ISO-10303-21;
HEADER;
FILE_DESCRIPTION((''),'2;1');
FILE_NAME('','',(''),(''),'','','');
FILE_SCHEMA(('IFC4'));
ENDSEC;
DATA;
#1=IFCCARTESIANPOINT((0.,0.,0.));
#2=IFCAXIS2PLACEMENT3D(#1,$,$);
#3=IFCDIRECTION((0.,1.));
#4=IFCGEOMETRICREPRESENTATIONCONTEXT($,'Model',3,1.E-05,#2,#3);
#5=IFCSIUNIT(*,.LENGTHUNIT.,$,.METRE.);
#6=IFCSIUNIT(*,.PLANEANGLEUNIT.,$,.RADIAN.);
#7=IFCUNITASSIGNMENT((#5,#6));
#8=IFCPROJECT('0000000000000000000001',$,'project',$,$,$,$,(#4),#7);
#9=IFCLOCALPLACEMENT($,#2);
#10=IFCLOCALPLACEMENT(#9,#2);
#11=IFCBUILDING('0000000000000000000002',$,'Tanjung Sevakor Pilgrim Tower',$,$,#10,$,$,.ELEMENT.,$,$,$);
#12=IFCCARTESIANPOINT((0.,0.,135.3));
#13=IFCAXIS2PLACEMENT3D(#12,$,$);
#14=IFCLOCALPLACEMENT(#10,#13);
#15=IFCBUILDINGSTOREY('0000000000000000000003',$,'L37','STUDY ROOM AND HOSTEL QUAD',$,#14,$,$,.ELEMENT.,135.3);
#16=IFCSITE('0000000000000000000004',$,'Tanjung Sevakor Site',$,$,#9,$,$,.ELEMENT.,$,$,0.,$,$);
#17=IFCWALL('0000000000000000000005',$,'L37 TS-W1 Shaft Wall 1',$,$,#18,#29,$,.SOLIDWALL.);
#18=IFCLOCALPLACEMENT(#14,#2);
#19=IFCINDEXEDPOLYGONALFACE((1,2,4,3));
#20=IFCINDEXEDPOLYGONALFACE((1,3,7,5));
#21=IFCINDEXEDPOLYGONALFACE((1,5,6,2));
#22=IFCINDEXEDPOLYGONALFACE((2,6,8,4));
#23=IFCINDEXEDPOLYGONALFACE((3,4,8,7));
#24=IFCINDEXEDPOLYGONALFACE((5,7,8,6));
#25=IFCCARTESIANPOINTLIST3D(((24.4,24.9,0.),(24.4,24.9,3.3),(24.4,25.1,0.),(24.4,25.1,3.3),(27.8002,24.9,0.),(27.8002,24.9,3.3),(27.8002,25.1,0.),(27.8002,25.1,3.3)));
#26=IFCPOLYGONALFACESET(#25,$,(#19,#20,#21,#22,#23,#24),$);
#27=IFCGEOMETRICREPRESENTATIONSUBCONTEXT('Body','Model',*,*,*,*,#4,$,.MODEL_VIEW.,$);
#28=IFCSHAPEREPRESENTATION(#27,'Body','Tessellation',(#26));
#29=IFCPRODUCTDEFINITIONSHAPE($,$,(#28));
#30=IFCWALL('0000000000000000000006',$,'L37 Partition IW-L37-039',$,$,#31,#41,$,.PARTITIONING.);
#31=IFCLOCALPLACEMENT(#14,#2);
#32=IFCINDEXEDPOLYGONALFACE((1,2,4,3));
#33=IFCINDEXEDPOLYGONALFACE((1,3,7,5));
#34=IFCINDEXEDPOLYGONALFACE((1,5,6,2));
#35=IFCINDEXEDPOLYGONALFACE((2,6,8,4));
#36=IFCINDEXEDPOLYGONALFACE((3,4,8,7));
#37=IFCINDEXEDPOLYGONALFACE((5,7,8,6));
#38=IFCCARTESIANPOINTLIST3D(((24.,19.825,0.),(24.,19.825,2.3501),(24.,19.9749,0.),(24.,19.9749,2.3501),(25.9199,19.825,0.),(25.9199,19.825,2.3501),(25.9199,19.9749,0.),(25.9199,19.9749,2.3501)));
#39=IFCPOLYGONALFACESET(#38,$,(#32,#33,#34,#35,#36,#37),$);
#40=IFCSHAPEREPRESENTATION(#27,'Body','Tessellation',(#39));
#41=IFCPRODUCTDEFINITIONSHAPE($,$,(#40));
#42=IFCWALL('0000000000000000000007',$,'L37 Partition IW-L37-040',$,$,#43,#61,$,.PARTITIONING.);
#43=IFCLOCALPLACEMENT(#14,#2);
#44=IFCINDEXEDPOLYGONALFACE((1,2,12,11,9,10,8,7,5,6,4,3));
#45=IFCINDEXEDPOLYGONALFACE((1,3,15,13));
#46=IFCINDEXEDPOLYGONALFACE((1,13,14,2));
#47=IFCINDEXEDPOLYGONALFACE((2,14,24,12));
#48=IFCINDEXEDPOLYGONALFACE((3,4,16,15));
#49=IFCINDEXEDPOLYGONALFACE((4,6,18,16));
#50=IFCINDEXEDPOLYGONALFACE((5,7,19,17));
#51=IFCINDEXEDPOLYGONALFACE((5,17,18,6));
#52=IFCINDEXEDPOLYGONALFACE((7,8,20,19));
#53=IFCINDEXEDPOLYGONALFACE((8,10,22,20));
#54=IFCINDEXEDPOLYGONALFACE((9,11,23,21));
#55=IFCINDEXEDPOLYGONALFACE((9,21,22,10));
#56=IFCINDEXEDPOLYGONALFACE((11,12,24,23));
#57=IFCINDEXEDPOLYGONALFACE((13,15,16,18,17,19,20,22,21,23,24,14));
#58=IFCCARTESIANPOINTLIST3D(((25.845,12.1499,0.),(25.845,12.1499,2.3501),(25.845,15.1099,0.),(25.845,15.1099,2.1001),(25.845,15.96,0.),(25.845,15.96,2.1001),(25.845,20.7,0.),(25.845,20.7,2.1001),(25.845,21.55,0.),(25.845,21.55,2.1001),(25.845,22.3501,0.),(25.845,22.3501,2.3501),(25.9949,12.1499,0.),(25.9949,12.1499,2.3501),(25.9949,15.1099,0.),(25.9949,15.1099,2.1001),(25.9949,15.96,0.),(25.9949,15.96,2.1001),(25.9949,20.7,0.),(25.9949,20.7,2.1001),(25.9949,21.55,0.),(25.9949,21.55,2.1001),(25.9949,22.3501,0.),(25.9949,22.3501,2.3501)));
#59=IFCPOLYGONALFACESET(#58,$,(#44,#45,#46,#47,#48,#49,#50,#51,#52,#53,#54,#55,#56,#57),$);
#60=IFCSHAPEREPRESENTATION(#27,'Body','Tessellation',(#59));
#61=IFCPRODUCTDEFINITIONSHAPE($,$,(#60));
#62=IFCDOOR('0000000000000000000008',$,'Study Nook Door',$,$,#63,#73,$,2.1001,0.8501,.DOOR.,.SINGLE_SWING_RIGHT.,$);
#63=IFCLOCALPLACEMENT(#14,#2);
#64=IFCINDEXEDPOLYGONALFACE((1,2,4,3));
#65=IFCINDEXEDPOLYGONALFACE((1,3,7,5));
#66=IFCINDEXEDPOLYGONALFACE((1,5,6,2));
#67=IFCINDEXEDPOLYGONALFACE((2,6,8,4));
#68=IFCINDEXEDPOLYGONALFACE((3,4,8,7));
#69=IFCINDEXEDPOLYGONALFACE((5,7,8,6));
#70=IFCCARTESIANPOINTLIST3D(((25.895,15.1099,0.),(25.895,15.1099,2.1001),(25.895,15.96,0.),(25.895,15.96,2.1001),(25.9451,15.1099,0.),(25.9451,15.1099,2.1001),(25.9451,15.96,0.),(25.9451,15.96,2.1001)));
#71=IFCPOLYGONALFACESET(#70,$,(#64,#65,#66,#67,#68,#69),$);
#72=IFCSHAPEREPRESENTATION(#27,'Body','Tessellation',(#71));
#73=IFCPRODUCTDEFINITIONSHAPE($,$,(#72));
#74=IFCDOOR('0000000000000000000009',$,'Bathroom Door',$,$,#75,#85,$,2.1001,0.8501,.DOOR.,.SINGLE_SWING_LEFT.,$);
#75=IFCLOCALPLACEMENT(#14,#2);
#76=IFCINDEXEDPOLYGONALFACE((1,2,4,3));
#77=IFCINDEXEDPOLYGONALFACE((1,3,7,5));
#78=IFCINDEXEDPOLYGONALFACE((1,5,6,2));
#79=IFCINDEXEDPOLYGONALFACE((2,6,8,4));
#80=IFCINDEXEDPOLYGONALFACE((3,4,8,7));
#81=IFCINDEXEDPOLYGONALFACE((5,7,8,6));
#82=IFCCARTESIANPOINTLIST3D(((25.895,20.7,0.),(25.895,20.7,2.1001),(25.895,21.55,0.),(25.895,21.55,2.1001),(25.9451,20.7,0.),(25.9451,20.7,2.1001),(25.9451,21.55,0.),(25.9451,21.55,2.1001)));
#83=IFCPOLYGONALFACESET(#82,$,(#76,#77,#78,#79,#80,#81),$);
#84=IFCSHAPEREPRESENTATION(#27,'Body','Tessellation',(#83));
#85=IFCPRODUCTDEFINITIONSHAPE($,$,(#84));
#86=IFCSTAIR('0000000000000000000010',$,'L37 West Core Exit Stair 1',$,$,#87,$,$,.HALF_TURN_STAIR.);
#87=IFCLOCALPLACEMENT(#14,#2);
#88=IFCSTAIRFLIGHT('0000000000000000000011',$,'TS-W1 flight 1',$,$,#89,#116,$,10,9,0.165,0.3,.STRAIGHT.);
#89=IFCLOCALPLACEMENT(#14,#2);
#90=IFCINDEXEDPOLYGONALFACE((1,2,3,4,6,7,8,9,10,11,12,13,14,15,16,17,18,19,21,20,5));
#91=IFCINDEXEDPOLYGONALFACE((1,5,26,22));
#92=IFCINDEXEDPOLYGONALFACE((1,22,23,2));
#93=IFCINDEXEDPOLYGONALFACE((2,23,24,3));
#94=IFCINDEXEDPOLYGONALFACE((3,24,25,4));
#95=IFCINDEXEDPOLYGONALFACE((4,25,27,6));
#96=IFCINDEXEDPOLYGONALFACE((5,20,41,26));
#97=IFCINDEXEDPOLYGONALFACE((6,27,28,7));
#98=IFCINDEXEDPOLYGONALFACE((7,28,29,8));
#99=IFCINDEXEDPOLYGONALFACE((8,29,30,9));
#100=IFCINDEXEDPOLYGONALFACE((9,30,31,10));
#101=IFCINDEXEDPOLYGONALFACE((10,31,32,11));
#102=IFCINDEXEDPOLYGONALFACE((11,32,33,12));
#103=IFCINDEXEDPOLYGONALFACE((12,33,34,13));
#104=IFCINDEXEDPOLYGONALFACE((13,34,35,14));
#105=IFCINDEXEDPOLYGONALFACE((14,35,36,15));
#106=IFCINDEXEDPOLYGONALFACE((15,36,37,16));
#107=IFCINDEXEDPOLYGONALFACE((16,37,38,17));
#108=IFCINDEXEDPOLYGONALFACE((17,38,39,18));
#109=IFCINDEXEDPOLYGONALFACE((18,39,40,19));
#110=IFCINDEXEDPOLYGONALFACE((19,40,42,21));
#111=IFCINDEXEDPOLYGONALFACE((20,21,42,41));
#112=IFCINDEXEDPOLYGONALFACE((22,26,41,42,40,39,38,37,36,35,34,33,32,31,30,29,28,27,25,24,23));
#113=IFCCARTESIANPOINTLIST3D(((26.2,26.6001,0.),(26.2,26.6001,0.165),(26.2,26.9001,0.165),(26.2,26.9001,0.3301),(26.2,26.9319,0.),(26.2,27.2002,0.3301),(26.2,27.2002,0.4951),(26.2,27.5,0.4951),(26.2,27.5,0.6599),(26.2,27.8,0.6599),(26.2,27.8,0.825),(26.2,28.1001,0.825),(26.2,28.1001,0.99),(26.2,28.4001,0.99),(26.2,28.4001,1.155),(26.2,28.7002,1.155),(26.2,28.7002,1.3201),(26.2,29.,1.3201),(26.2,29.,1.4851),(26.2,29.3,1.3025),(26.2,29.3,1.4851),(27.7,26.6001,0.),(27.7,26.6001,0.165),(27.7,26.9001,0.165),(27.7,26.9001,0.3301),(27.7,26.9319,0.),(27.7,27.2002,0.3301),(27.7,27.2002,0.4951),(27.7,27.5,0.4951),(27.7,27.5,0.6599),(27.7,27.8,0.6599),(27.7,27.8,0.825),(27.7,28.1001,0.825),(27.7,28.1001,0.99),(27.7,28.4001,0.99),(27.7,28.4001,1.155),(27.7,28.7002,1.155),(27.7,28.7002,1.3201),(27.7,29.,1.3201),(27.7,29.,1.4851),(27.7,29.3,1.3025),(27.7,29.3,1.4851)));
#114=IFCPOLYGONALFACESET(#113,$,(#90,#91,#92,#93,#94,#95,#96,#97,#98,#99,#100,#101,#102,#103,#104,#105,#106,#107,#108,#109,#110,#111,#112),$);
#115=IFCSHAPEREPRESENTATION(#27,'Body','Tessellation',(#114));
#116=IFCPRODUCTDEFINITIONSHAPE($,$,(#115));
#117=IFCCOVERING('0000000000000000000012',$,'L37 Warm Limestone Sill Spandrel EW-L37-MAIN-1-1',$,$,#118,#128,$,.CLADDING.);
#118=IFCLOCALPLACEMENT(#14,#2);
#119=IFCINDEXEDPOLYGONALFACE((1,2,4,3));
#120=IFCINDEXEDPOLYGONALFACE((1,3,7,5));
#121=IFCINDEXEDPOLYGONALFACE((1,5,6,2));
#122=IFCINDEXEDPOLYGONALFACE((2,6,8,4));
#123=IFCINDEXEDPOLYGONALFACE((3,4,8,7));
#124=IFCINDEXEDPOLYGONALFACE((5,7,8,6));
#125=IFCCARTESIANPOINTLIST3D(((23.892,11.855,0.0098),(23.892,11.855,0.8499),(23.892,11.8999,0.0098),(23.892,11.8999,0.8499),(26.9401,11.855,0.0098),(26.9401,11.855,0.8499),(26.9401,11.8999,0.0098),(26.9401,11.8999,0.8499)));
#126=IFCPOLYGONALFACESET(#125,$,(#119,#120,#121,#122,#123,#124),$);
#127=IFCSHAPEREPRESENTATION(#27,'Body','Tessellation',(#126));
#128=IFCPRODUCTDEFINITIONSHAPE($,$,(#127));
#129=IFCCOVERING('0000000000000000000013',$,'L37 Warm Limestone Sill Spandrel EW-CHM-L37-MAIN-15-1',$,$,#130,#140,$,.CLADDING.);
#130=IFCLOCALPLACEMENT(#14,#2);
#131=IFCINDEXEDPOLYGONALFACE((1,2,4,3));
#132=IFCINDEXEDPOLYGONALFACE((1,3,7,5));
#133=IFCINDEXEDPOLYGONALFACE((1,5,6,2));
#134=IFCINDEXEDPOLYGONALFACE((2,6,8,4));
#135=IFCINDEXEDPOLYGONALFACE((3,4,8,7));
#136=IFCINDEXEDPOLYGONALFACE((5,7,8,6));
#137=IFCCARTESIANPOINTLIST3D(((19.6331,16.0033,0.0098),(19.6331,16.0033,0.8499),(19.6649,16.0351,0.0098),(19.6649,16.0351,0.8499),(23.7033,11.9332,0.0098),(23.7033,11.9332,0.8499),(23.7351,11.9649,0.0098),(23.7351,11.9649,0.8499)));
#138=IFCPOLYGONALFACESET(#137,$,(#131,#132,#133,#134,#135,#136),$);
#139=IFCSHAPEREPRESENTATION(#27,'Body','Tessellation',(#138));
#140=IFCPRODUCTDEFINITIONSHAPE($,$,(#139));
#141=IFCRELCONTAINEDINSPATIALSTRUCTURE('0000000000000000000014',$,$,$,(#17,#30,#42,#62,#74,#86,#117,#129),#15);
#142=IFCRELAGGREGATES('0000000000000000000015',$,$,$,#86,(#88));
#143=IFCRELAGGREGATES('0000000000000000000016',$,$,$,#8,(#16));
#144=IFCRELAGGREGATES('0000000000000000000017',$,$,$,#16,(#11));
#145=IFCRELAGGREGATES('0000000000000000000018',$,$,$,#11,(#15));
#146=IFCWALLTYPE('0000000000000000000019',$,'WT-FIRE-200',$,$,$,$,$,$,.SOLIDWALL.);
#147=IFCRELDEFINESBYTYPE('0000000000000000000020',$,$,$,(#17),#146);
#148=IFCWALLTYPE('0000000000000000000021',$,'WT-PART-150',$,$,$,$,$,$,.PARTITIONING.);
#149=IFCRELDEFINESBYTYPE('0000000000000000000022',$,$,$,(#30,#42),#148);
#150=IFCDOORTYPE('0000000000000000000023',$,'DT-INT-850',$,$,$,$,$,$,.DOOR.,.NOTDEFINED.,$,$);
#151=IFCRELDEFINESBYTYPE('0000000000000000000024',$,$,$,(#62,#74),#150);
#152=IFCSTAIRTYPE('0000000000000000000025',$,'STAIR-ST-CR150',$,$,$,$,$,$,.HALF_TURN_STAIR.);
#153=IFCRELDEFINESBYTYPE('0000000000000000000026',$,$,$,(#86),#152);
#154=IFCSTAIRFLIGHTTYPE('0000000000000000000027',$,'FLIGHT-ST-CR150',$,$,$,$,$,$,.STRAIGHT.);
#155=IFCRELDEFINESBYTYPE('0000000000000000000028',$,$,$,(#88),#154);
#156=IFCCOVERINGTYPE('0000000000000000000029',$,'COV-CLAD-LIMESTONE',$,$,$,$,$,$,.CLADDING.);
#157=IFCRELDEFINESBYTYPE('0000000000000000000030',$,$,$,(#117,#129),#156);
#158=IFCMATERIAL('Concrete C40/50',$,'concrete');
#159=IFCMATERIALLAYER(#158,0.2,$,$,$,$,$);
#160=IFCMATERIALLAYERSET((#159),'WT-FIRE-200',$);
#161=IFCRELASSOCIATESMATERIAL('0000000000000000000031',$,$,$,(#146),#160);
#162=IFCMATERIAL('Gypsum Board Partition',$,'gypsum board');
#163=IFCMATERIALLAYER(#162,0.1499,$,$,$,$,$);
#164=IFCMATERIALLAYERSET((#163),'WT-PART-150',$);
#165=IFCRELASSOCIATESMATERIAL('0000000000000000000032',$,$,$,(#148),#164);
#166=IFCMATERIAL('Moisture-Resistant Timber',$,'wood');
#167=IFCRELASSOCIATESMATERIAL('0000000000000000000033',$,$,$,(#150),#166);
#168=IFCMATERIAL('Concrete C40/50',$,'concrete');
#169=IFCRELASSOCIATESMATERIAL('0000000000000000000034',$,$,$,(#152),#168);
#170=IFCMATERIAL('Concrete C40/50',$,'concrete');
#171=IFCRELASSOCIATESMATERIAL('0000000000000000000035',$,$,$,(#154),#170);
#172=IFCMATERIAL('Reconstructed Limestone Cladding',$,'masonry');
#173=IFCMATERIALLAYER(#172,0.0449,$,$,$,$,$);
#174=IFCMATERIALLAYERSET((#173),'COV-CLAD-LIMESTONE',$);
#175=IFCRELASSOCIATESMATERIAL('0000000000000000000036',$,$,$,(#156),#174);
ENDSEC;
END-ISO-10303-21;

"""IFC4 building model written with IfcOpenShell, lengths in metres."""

from ifc_helpers import new_model, si_unit, direction, frame, frame_2d, origin, origin_2d, place, context, subcontext, project, spatial, polyline, rectangle, outline, extrude, material, layer, layer_set, type_object, element, fill, aggregate, save


model = new_model("IFC4")

# Units and contexts
model_context = context("Model", 3, precision=1e-05, world=origin(), true_north=direction((0.0, 1.0)))
body_context = subcontext(model_context, "Body", "Model", "MODEL_VIEW")
ifc_project = project(units=[si_unit("LENGTHUNIT", "METRE"), si_unit("PLANEANGLEUNIT", "RADIAN")], contexts=[model_context])

# Site, building, storey
site_placement = place(None, origin())
site = spatial("IfcSite", under=ifc_project, at=site_placement, Name="Tanjung Sevakor Site", CompositionType="ELEMENT", RefElevation=0.0)
building_placement = place(site_placement, origin())
building = spatial("IfcBuilding", under=site, at=building_placement, Name="Tanjung Sevakor Pilgrim Tower", CompositionType="ELEMENT")
storey_placement = place(building_placement, frame((0.0, 0.0, 135.3)))
storey = spatial("IfcBuildingStorey", under=building, at=storey_placement, Name="L37", Description="STUDY ROOM AND HOSTEL QUAD", CompositionType="ELEMENT", Elevation=135.3)

# Walls
ifc_material_1 = material(Name="Concrete C40/50", Category="concrete")
ifc_layer_1 = layer(ifc_material_1, 0.2)
ifc_layer_set_1 = layer_set([ifc_layer_1], Name="WT-FIRE-200")
wall_type_1 = type_object("IfcWallType", Name="WT-FIRE-200", PredefinedType="SOLIDWALL", material=ifc_layer_set_1)
wall_1_placement = place(storey_placement, frame((24.3999, 25.0, 0.0), z_axis=(0.0, 0.0, 1.0), x_axis=(1.0, 0.0, 0.0)))
element("IfcWall", 1, at=wall_1_placement, inside=storey, type_object=wall_type_1, Name="L37 TS-W1 Shaft Wall 1", PredefinedType="SOLIDWALL", context=body_context, shape_type="SweptSolid", body=[
    extrude(rectangle(XDim=3.4001, YDim=0.2, at=frame_2d((1.7002, 0.0))), origin(), (0.0, 0.0, 1.0), 3.3),
])
ifc_material_2 = material(Name="Gypsum Board Partition", Category="gypsum board")
ifc_layer_2 = layer(ifc_material_2, 0.1499)
ifc_layer_set_2 = layer_set([ifc_layer_2], Name="WT-PART-150")
wall_type_2 = type_object("IfcWallType", Name="WT-PART-150", PredefinedType="PARTITIONING", material=ifc_layer_set_2)
wall_2_placement = place(storey_placement, frame((24.0, 19.8999, 0.0), z_axis=(0.0, 0.0, 1.0), x_axis=(1.0, 0.0, 0.0)))
element("IfcWall", 2, at=wall_2_placement, inside=storey, type_object=wall_type_2, Name="L37 Partition IW-L37-039", PredefinedType="PARTITIONING", context=body_context, shape_type="SweptSolid", body=[
    extrude(rectangle(XDim=1.9199, YDim=0.1499, at=frame_2d((0.96, 0.0))), origin(), (0.0, 0.0, 1.0), 2.3501),
])

# Wall, openings, doors
wall_3_placement = place(storey_placement, frame((25.9199, 12.1499, 0.0), z_axis=(0.0, 0.0, 1.0), x_axis=(0.0, 1.0, 0.0)))
wall_3 = element("IfcWall", 3, at=wall_3_placement, inside=storey, type_object=wall_type_2, Name="L37 Partition IW-L37-040", PredefinedType="PARTITIONING", context=body_context, shape_type="SweptSolid", body=[
    extrude(rectangle(XDim=10.2002, YDim=0.1499, at=frame_2d((5.1001, 0.0))), origin(), (0.0, 0.0, 1.0), 2.3501),
])
opening_1_placement = place(wall_3_placement, frame((2.96, 0.0, 0.0)))
opening_1 = element("IfcOpeningElement", 4, at=opening_1_placement, cuts=wall_3, PredefinedType="OPENING", context=body_context, shape_type="SweptSolid", body=[
    extrude(rectangle(XDim=0.8501, YDim=2.1001, at=frame_2d((0.425, 1.05))), frame((0.0, 0.085, 0.0), z_axis=(0.0, -1.0, 0.0), x_axis=(1.0, 0.0, 0.0)), (0.0, 0.0, 1.0), 0.1699),
])
opening_2_placement = place(wall_3_placement, frame((8.55, 0.0, 0.0)))
opening_2 = element("IfcOpeningElement", 5, at=opening_2_placement, cuts=wall_3, PredefinedType="OPENING", context=body_context, shape_type="SweptSolid", body=[
    extrude(rectangle(XDim=0.8501, YDim=2.1001, at=frame_2d((0.425, 1.05))), frame((0.0, 0.085, 0.0), z_axis=(0.0, -1.0, 0.0), x_axis=(1.0, 0.0, 0.0)), (0.0, 0.0, 1.0), 0.1699),
])
ifc_material_3 = material(Name="Moisture-Resistant Timber", Category="wood")
door_type_1 = type_object("IfcDoorType", Name="DT-INT-850", OperationType="NOTDEFINED", PredefinedType="DOOR", material=ifc_material_3)
door_1_placement = place(opening_1_placement, origin())
door_1 = element("IfcDoor", 6, at=door_1_placement, inside=storey, type_object=door_type_1, Name="Study Nook Door", OperationType="SINGLE_SWING_RIGHT", OverallHeight=2.1001, OverallWidth=0.8501, PredefinedType="DOOR", context=body_context, shape_type="SweptSolid", body=[
    extrude(rectangle(XDim=0.8501, YDim=2.1001, at=frame_2d((0.425, 1.05))), frame((0.0, 0.0249, 0.0), z_axis=(0.0, -1.0, 0.0), x_axis=(1.0, 0.0, 0.0)), (0.0, 0.0, 1.0), 0.05),
])
fill(opening_1, door_1)
door_2_placement = place(opening_2_placement, origin())
door_2 = element("IfcDoor", 7, at=door_2_placement, inside=storey, type_object=door_type_1, Name="Bathroom Door", OperationType="SINGLE_SWING_LEFT", OverallHeight=2.1001, OverallWidth=0.8501, PredefinedType="DOOR", context=body_context, shape_type="SweptSolid", body=[
    extrude(rectangle(XDim=0.8501, YDim=2.1001, at=frame_2d((0.425, 1.05))), frame((0.0, 0.0249, 0.0), z_axis=(0.0, -1.0, 0.0), x_axis=(1.0, 0.0, 0.0)), (0.0, 0.0, 1.0), 0.05),
])
fill(opening_2, door_2)

# Stair, stair flight
ifc_material_4 = material(Name="Concrete C40/50", Category="concrete")
stair_type = type_object("IfcStairType", Name="STAIR-ST-CR150", PredefinedType="HALF_TURN_STAIR", material=ifc_material_4)
stair_placement = place(storey_placement, origin())
stair = element("IfcStair", 8, at=stair_placement, inside=storey, type_object=stair_type, Name="L37 West Core Exit Stair 1", PredefinedType="HALF_TURN_STAIR")
ifc_material_5 = material(Name="Concrete C40/50", Category="concrete")
stair_flight_type = type_object("IfcStairFlightType", Name="FLIGHT-ST-CR150", PredefinedType="STRAIGHT", material=ifc_material_5)
stair_flight_placement = place(storey_placement, frame((26.95, 26.6001, 0.0), z_axis=(0.0, 0.0, 1.0), x_axis=(0.0, 1.0, 0.0)))
stair_flight = element("IfcStairFlight", 9, at=stair_flight_placement, type_object=stair_flight_type, Name="TS-W1 flight 1", NumberOfRisers=10, NumberOfTreads=9, PredefinedType="STRAIGHT", RiserHeight=0.165, TreadLength=0.3, context=body_context, shape_type="SweptSolid", body=[
    extrude(outline(polyline([(0.0, 0.0), (0.0, 0.165), (0.3, 0.165), (0.3, 0.3301), (0.6001, 0.3301), (0.6001, 0.4951), (0.8999, 0.4951), (0.8999, 0.6599), (1.2, 0.6599), (1.2, 0.825), (1.5, 0.825), (1.5, 0.99), (1.8, 0.99), (1.8, 1.155), (2.1001, 1.155), (2.1001, 1.3201), (2.3999, 1.3201), (2.3999, 1.4851), (2.7, 1.4851), (2.7, 1.6499), (2.7, 1.3025), (0.3318, 0.0), (0.0, 0.0)])), frame((0.0, 0.75, 0.0), z_axis=(0.0, -1.0, 0.0), x_axis=(1.0, 0.0, 0.0)), (0.0, 0.0, 1.0), 1.5),
])
aggregate(stair, [stair_flight])

# Coverings
ifc_material_6 = material(Name="Reconstructed Limestone Cladding", Category="masonry")
ifc_layer_3 = layer(ifc_material_6, 0.0449)
ifc_layer_set_3 = layer_set([ifc_layer_3], Name="COV-CLAD-LIMESTONE")
covering_type = type_object("IfcCoveringType", Name="COV-CLAD-LIMESTONE", PredefinedType="CLADDING", material=ifc_layer_set_3)
covering_1_placement = place(storey_placement, frame((25.416, 11.8774, 0.0098), z_axis=(0.0, 0.0, 1.0), x_axis=(1.0, 0.0, 0.0)))
element("IfcCovering", 10, at=covering_1_placement, inside=storey, type_object=covering_type, Name="L37 Warm Limestone Sill Spandrel EW-L37-MAIN-1-1", PredefinedType="CLADDING", context=body_context, shape_type="SweptSolid", body=[
    extrude(rectangle(XDim=3.0481, YDim=0.0449, at=origin_2d()), origin(), (0.0, 0.0, 1.0), 0.8401),
])
covering_2_placement = place(storey_placement, frame((21.6841, 13.9841, 0.0098), z_axis=(0.0, 0.0, 1.0), x_axis=(0.707107, -0.707107, 0.0)))
element("IfcCovering", 11, at=covering_2_placement, inside=storey, type_object=covering_type, Name="L37 Warm Limestone Sill Spandrel EW-CHM-L37-MAIN-15-1", PredefinedType="CLADDING", context=body_context, shape_type="SweptSolid", body=[
    extrude(rectangle(XDim=5.7561, YDim=0.0449, at=origin_2d()), origin(), (0.0, 0.0, 1.0), 0.8401),
])

save(model, "model.ifc")
